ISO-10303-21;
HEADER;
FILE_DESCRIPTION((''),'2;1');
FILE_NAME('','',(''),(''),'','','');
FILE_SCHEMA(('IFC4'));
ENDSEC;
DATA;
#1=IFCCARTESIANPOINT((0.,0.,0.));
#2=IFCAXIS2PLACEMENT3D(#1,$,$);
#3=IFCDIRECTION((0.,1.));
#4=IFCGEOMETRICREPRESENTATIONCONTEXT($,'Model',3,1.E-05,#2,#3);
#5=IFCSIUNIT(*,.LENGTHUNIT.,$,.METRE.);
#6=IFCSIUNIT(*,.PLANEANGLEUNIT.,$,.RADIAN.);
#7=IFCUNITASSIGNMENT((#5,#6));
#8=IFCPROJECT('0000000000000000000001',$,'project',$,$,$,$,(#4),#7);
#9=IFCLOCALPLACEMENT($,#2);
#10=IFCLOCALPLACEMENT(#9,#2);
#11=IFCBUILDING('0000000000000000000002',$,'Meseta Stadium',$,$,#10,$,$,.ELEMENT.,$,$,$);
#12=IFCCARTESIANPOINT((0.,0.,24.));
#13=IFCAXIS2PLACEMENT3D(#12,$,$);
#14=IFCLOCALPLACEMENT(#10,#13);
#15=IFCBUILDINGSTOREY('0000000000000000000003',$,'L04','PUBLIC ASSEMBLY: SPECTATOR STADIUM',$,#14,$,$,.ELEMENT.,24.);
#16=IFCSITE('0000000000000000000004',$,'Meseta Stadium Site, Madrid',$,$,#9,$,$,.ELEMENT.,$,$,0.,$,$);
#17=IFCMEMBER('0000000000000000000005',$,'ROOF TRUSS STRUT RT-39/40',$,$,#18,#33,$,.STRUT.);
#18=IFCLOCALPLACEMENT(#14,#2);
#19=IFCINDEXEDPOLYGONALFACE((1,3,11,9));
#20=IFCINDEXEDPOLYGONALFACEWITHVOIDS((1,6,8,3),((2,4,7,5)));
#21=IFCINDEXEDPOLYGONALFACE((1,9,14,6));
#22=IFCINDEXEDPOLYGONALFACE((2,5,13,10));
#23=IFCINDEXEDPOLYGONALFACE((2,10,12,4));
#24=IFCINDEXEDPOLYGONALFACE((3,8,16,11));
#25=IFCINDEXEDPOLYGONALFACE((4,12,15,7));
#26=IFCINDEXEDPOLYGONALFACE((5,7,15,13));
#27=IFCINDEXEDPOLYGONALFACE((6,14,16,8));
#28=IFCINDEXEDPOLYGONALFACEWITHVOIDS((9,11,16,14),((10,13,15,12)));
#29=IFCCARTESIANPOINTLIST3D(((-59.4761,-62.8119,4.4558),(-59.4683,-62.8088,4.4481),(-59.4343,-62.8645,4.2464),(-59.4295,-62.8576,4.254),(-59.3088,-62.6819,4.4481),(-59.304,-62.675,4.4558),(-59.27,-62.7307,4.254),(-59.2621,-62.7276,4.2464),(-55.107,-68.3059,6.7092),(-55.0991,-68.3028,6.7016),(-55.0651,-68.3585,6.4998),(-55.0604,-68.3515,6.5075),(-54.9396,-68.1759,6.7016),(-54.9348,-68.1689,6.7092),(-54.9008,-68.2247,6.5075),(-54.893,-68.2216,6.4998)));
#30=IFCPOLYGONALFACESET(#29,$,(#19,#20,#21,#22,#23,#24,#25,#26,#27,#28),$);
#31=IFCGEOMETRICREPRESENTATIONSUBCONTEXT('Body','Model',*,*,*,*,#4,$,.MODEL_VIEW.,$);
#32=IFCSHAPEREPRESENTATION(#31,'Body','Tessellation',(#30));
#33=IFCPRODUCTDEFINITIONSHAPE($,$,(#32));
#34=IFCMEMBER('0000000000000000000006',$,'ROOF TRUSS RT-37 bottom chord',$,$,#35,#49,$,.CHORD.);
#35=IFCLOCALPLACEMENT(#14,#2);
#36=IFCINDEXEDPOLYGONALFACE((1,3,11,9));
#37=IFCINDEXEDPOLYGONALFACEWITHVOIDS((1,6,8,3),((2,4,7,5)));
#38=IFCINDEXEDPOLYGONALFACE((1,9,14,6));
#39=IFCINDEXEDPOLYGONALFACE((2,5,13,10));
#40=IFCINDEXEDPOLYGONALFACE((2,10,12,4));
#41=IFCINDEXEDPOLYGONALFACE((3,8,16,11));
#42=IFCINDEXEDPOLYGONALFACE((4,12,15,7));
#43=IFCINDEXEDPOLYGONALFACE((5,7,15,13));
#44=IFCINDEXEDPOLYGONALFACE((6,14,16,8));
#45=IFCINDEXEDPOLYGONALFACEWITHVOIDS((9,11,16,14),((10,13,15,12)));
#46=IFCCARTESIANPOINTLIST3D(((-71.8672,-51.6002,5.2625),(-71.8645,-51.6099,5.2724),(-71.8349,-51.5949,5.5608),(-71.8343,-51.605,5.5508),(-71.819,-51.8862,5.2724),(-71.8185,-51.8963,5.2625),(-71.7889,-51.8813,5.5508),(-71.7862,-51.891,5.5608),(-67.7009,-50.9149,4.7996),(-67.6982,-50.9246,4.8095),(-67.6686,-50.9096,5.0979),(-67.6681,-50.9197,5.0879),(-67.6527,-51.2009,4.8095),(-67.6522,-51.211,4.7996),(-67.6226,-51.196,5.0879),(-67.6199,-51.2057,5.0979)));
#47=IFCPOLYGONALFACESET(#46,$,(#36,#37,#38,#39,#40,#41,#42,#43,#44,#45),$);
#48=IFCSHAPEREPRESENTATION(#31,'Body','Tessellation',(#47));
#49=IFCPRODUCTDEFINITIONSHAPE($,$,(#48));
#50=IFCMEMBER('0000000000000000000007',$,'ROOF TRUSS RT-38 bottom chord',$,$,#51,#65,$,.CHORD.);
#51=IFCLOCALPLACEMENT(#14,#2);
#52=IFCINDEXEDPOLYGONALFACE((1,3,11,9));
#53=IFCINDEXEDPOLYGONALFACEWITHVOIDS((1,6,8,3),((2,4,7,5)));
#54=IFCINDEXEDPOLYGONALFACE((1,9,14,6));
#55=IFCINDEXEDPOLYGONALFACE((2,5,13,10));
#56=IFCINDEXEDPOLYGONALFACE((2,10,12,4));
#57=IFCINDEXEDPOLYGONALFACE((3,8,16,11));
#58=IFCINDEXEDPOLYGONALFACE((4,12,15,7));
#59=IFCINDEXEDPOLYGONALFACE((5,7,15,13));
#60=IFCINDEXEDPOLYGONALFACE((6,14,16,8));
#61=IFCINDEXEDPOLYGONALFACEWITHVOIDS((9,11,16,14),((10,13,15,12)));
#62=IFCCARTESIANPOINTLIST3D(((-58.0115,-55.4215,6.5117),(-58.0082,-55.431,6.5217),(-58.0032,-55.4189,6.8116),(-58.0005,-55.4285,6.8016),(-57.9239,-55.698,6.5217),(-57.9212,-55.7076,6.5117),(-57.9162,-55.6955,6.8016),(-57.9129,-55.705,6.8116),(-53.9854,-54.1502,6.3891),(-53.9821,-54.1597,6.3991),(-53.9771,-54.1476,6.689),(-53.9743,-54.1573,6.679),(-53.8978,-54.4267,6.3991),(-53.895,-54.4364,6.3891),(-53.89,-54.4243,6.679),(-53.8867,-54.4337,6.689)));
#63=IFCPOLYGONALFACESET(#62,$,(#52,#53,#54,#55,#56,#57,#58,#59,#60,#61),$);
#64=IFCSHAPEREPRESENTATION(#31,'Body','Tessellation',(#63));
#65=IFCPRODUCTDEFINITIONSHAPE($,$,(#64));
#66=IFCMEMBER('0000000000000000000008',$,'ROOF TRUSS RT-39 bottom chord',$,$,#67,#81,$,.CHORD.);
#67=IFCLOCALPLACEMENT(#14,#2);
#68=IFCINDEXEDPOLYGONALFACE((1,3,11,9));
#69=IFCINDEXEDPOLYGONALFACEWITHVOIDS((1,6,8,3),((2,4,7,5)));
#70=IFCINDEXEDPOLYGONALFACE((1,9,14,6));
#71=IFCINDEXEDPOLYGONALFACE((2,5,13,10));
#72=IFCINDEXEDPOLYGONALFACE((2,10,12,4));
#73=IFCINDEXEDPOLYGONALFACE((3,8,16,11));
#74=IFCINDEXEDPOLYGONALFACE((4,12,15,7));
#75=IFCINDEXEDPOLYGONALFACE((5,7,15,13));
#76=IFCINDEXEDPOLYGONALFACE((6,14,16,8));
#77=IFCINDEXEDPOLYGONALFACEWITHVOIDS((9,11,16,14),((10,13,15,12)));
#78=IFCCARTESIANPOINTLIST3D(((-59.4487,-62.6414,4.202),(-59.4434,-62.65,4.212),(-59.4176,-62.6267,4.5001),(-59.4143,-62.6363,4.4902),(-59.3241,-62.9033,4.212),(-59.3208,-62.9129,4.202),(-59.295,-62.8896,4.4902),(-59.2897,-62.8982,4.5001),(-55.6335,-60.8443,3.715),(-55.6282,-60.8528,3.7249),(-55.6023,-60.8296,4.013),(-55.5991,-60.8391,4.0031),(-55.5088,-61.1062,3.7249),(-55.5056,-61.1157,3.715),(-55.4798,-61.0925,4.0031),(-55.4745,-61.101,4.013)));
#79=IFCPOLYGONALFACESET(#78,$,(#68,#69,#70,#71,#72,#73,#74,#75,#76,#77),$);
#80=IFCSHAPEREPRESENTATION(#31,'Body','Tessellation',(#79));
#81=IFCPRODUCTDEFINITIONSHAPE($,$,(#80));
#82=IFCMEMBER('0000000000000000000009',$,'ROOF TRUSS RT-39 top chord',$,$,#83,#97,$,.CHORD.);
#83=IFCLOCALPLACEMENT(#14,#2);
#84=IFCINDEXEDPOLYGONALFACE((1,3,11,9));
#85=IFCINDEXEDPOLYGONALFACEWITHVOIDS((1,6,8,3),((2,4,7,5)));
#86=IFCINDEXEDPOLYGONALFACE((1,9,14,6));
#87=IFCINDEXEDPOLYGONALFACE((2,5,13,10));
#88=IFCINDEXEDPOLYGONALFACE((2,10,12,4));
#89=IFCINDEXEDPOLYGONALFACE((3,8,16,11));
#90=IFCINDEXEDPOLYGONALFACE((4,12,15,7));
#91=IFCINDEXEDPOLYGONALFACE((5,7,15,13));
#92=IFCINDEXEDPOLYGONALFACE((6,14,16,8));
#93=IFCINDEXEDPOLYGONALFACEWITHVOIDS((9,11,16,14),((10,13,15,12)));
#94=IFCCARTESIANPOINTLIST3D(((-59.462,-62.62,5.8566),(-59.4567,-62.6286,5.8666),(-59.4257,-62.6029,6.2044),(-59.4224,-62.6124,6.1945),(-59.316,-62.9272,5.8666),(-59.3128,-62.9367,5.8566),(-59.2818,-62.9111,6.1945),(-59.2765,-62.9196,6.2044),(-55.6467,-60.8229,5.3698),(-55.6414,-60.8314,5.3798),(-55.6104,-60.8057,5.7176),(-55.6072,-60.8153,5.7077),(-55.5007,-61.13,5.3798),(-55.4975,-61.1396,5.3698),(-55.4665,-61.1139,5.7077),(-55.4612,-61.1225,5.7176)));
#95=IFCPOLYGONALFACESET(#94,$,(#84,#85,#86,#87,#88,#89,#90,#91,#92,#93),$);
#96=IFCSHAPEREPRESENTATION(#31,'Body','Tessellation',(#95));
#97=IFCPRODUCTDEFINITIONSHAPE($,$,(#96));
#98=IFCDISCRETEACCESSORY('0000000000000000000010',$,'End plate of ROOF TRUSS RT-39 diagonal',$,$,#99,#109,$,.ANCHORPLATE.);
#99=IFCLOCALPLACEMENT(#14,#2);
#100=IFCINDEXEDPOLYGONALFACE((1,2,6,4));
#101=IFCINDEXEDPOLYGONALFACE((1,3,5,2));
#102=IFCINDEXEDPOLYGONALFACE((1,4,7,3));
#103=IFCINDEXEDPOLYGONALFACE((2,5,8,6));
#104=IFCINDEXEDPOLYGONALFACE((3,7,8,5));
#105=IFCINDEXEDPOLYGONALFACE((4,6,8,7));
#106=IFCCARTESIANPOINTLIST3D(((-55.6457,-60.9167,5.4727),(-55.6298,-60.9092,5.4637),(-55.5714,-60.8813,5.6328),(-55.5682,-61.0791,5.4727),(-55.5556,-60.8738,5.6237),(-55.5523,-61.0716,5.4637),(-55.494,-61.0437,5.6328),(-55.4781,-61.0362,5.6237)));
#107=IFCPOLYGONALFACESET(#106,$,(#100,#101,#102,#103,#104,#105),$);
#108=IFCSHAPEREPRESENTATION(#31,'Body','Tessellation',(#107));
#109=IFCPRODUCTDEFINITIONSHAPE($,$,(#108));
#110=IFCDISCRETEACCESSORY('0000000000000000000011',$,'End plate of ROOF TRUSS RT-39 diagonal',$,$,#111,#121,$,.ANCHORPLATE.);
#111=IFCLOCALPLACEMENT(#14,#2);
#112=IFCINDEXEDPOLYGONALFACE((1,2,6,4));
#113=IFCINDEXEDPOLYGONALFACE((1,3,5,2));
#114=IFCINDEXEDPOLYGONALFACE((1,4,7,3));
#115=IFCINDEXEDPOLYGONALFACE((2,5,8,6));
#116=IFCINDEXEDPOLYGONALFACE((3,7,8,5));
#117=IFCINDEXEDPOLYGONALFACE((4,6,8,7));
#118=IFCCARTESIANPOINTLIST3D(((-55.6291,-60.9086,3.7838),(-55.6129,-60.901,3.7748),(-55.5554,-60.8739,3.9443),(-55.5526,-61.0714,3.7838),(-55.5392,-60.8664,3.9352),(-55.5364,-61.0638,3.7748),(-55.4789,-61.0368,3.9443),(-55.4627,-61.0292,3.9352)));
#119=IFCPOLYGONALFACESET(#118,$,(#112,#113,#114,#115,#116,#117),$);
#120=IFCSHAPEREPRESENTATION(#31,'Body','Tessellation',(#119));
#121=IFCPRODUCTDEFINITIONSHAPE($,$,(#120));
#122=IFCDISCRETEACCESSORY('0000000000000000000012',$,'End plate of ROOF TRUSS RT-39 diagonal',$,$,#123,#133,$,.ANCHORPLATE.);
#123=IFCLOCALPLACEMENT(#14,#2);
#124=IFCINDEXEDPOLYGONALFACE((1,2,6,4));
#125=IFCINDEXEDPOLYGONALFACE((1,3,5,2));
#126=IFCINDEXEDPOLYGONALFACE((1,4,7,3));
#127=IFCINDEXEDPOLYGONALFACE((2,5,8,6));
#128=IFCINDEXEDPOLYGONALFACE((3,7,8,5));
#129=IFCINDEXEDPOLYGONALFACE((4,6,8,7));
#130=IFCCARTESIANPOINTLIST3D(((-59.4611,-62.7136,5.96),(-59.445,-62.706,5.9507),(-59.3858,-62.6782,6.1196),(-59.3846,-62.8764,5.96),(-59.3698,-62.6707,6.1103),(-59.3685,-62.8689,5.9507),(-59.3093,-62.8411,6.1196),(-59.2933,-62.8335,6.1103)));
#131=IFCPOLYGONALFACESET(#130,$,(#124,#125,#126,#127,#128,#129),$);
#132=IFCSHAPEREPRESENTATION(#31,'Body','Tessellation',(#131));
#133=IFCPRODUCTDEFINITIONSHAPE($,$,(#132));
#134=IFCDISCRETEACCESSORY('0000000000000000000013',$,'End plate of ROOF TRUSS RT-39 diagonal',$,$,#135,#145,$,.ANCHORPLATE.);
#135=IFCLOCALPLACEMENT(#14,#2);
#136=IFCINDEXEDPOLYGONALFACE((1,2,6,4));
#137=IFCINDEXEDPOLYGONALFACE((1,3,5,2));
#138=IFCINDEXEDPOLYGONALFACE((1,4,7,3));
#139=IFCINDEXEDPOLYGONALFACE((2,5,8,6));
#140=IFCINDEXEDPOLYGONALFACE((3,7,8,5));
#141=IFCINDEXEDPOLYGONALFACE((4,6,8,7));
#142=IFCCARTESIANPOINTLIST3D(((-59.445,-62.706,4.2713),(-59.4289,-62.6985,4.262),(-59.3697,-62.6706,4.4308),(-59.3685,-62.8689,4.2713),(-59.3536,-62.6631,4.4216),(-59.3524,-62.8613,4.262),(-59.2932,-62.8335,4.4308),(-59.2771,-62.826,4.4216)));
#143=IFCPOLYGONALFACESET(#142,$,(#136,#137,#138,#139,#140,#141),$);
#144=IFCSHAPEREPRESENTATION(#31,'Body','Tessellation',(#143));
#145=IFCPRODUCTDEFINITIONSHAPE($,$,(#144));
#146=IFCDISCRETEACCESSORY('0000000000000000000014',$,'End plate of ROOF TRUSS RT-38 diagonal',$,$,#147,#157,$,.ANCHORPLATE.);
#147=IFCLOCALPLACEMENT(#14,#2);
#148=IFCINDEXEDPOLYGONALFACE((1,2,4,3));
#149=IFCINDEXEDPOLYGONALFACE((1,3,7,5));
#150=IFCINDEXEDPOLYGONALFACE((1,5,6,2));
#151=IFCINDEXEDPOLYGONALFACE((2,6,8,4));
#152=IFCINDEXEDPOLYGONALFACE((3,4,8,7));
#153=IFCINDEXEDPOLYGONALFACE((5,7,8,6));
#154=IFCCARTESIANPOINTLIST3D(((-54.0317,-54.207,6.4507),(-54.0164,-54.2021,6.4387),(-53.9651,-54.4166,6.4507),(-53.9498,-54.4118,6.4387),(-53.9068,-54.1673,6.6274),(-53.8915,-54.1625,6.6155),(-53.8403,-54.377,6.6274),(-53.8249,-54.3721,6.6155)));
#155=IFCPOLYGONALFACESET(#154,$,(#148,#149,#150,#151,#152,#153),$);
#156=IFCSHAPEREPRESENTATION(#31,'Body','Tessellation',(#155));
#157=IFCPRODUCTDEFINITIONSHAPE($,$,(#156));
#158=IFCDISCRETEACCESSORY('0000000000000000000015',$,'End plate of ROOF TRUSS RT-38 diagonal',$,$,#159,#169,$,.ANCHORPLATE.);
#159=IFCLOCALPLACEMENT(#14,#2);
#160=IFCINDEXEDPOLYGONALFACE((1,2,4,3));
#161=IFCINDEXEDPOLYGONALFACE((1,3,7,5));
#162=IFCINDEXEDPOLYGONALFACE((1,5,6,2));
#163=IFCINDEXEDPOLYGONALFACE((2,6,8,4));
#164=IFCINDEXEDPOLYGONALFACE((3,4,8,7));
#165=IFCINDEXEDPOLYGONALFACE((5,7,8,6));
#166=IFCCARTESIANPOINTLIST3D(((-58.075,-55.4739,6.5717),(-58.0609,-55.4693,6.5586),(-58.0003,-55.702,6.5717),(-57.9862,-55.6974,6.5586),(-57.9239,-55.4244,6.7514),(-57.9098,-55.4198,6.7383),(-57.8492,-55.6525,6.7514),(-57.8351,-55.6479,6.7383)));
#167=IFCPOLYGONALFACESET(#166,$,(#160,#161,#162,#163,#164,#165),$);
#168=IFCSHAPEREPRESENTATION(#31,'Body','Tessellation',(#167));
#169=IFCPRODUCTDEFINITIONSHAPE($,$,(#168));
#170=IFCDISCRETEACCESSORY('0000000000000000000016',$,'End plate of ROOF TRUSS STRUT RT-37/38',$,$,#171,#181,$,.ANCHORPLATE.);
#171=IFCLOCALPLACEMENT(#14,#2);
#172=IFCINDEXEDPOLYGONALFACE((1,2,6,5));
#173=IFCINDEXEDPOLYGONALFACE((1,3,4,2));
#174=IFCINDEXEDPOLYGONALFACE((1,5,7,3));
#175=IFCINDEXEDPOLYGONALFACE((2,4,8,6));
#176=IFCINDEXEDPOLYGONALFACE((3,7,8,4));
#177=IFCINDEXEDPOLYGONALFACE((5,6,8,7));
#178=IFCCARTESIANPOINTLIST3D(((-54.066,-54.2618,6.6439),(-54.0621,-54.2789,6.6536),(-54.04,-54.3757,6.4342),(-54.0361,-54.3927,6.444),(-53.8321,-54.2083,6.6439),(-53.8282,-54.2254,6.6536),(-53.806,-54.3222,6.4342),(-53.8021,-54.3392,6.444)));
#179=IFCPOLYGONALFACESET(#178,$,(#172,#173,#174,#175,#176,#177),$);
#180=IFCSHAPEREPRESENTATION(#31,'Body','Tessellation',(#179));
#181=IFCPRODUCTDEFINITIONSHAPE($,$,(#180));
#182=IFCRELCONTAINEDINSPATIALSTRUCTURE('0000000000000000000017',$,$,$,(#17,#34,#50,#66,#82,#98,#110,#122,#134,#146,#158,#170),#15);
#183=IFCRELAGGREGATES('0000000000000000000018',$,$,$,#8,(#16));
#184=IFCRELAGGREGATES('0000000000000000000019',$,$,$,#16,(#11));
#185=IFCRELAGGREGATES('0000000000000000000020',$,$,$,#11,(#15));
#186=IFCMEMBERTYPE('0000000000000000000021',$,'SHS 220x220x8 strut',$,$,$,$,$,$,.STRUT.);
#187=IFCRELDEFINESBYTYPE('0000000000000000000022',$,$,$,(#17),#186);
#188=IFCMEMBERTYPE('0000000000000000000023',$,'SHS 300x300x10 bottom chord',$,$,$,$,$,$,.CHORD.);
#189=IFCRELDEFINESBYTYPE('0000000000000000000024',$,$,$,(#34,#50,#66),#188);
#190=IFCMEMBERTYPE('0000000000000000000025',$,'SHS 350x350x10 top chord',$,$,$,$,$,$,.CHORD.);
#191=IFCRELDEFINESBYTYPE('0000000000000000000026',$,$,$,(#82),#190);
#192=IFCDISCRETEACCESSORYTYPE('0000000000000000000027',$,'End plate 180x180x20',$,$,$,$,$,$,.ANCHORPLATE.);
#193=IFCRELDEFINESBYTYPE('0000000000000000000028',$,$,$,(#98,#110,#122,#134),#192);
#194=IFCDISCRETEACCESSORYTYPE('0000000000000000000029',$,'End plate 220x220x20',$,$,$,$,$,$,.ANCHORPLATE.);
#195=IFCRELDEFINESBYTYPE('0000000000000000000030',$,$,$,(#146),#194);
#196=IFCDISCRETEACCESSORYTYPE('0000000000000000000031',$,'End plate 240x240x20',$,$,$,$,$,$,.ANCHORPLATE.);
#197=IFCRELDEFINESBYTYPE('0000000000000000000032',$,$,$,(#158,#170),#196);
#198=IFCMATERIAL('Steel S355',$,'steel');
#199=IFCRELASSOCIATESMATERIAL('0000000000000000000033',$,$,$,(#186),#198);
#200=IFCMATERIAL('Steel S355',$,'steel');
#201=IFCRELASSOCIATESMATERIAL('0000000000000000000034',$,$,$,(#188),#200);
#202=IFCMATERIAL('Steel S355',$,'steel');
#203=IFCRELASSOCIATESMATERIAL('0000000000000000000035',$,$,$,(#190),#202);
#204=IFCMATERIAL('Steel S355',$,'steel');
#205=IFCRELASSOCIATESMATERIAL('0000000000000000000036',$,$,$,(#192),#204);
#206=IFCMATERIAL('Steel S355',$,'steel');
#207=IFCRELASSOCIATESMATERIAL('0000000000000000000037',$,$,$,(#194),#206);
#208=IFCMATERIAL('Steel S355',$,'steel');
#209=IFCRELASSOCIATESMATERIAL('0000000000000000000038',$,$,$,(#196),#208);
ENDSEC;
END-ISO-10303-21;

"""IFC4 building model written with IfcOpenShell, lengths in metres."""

from ifc_helpers import new_model, si_unit, direction, frame, origin, origin_2d, place, context, subcontext, project, spatial, rectangle, hollow_rectangle, extrude, material, material_profile, profile_set, type_object, element, save


model = new_model("IFC4")

# Units and contexts
model_context = context("Model", 3, precision=1e-05, world=origin(), true_north=direction((0.0, 1.0)))
body_context = subcontext(model_context, "Body", "Model", "MODEL_VIEW")
ifc_project = project(units=[si_unit("LENGTHUNIT", "METRE"), si_unit("PLANEANGLEUNIT", "RADIAN")], contexts=[model_context])

# Site, building, storey
site_placement = place(None, origin())
site = spatial("IfcSite", under=ifc_project, at=site_placement, Name="Meseta Stadium Site, Madrid", CompositionType="ELEMENT", RefElevation=0.0)
building_placement = place(site_placement, origin())
building = spatial("IfcBuilding", under=site, at=building_placement, Name="Meseta Stadium", CompositionType="ELEMENT")
storey_placement = place(building_placement, frame((0.0, 0.0, 24.0)))
storey = spatial("IfcBuildingStorey", under=building, at=storey_placement, Name="L04", Description="PUBLIC ASSEMBLY: SPECTATOR STADIUM", CompositionType="ELEMENT", Elevation=24.0)

# Members
ifc_material_1 = material(Name="Steel S355", Category="steel")
ifc_material_profile_1 = material_profile(ifc_material_1, hollow_rectangle(XDim=0.22, YDim=0.22, WallThickness=0.0081, at=origin_2d()), Name="SHS 220x220x8")
ifc_profile_set_1 = profile_set([ifc_material_profile_1], Name="Steel S355")
member_type_1 = type_object("IfcMemberType", Name="SHS 220x220x8 strut", PredefinedType="STRUT", material=ifc_profile_set_1)
member_1_placement = place(storey_placement, frame((-59.3691, -62.7698, 4.3511), z_axis=(0.592646, -0.745212, 0.305662), x_axis=(0.782671, 0.622436, 0.0)))
element("IfcMember", 1, at=member_1_placement, inside=storey, type_object=member_type_1, Name="ROOF TRUSS STRUT RT-39/40", PredefinedType="STRUT", context=body_context, shape_type="SweptSolid", body=[
    extrude(hollow_rectangle(XDim=0.22, YDim=0.22, WallThickness=0.0081, at=origin_2d()), origin(), (0.0, 0.0, 1.0), 7.3723),
])
ifc_material_2 = material(Name="Steel S355", Category="steel")
ifc_material_profile_2 = material_profile(ifc_material_2, hollow_rectangle(XDim=0.3, YDim=0.3, WallThickness=0.01, at=origin_2d()), Name="SHS 300x300x10")
ifc_profile_set_2 = profile_set([ifc_material_profile_2], Name="Steel S355")
member_type_2 = type_object("IfcMemberType", Name="SHS 300x300x10 bottom chord", PredefinedType="CHORD", material=ifc_profile_set_2)
member_2_placement = place(storey_placement, frame((-67.6604, -51.0603, 4.9487), z_axis=(-0.980863, -0.161341, 0.108978), x_axis=(0.162308, -0.98674, 0.0)))
element("IfcMember", 2, at=member_2_placement, inside=storey, type_object=member_type_2, Name="ROOF TRUSS RT-37 bottom chord", PredefinedType="CHORD", context=body_context, shape_type="SweptSolid", body=[
    extrude(hollow_rectangle(XDim=0.3, YDim=0.3, WallThickness=0.01, at=origin_2d()), origin(), (0.0, 0.0, 1.0), 4.2476),
])
member_3_placement = place(storey_placement, frame((-53.936, -54.292, 6.5391), z_axis=(-0.953193, -0.300969, 0.029016), x_axis=(0.301095, -0.953594, 0.0)))
element("IfcMember", 3, at=member_3_placement, inside=storey, type_object=member_type_2, Name="ROOF TRUSS RT-38 bottom chord", PredefinedType="CHORD", context=body_context, shape_type="SweptSolid", body=[
    extrude(hollow_rectangle(XDim=0.3, YDim=0.3, WallThickness=0.01, at=origin_2d()), origin(), (0.0, 0.0, 1.0), 4.2239),
])
member_4_placement = place(storey_placement, frame((-55.554, -60.9727, 3.864), z_axis=(-0.898686, -0.42332, 0.11473), x_axis=(0.426134, -0.90466, 0.0)))
element("IfcMember", 4, at=member_4_placement, inside=storey, type_object=member_type_2, Name="ROOF TRUSS RT-39 bottom chord", PredefinedType="CHORD", context=body_context, shape_type="SweptSolid", body=[
    extrude(hollow_rectangle(XDim=0.3, YDim=0.3, WallThickness=0.01, at=origin_2d()), origin(), (0.0, 0.0, 1.0), 4.2454),
])
ifc_material_3 = material(Name="Steel S355", Category="steel")
ifc_material_profile_3 = material_profile(ifc_material_3, hollow_rectangle(XDim=0.3501, YDim=0.3501, WallThickness=0.01, at=origin_2d()), Name="SHS 350x350x10")
ifc_profile_set_3 = profile_set([ifc_material_profile_3], Name="Steel S355")
member_type_3 = type_object("IfcMemberType", Name="SHS 350x350x10 top chord", PredefinedType="CHORD", material=ifc_profile_set_3)
member_5_placement = place(storey_placement, frame((-55.554, -60.9727, 5.5437), z_axis=(-0.898692, -0.423323, 0.114673), x_axis=(0.426134, -0.90466, 0.0)))
element("IfcMember", 5, at=member_5_placement, inside=storey, type_object=member_type_3, Name="ROOF TRUSS RT-39 top chord", PredefinedType="CHORD", context=body_context, shape_type="SweptSolid", body=[
    extrude(hollow_rectangle(XDim=0.3501, YDim=0.3501, WallThickness=0.01, at=origin_2d()), origin(), (0.0, 0.0, 1.0), 4.2454),
])

# Discrete accessories
ifc_material_4 = material(Name="Steel S355", Category="steel")
ifc_material_profile_4 = material_profile(ifc_material_4, rectangle(XDim=0.1799, YDim=0.1799, at=origin_2d()), Name="PL 180x180")
ifc_profile_set_4 = profile_set([ifc_material_profile_4], Name="Steel S355")
discrete_accessory_type_1 = type_object("IfcDiscreteAccessoryType", Name="End plate 180x180x20", PredefinedType="ANCHORPLATE", material=ifc_profile_set_4)
discrete_accessory_1_placement = place(storey_placement, frame((-55.554, -60.9727, 5.5437), z_axis=(-0.802836, -0.382891, 0.456999), x_axis=(0.430473, -0.902604, 0.0)))
element("IfcDiscreteAccessory", 6, at=discrete_accessory_1_placement, inside=storey, type_object=discrete_accessory_type_1, Name="End plate of ROOF TRUSS RT-39 diagonal", PredefinedType="ANCHORPLATE", context=body_context, shape_type="SweptSolid", body=[
    extrude(rectangle(XDim=0.1799, YDim=0.1799, at=origin_2d()), origin(), (0.0, 0.0, 1.0), 0.0198),
])
for number, where, z_axis, x_axis, name in (
    (7, (-55.5378, -60.9651, 3.855), (-0.807162, -0.379122, 0.4525), (0.425136, -0.905129, 0.0), "End plate of ROOF TRUSS RT-39 diagonal"),
    (8, (-59.3691, -62.7698, 6.0305), (-0.802673, -0.377013, 0.462145), (0.425136, -0.905129, 0.0), "End plate of ROOF TRUSS RT-39 diagonal"),
    (9, (-59.353, -62.7622, 4.3418), (-0.802673, -0.377013, 0.462145), (0.425136, -0.905129, 0.0), "End plate of ROOF TRUSS RT-39 diagonal"),
):
    element("IfcDiscreteAccessory", number, at=place(storey_placement, frame(where, z_axis=z_axis, x_axis=x_axis)), inside=storey, type_object=discrete_accessory_type_1, Name=name, PredefinedType="ANCHORPLATE", context=body_context, shape_type="SweptSolid", body=[
        extrude(rectangle(XDim=0.1799, YDim=0.1799, at=origin_2d()), origin(), (0.0, 0.0, 1.0), 0.02),
    ])
ifc_material_5 = material(Name="Steel S355", Category="steel")
ifc_material_profile_5 = material_profile(ifc_material_5, rectangle(XDim=0.22, YDim=0.22, at=origin_2d()), Name="PL 220x220")
ifc_profile_set_5 = profile_set([ifc_material_profile_5], Name="Steel S355")
discrete_accessory_type_2 = type_object("IfcDiscreteAccessoryType", Name="End plate 220x220x20", PredefinedType="ANCHORPLATE", material=ifc_profile_set_5)
discrete_accessory_2_placement = place(storey_placement, frame((-53.9207, -54.2871, 6.5271), z_axis=(-0.765678, -0.243072, 0.595527), x_axis=(0.302579, -0.953124, 0.0)))
element("IfcDiscreteAccessory", 10, at=discrete_accessory_2_placement, inside=storey, type_object=discrete_accessory_type_2, Name="End plate of ROOF TRUSS RT-38 diagonal", PredefinedType="ANCHORPLATE", context=body_context, shape_type="SweptSolid", body=[
    extrude(rectangle(XDim=0.22, YDim=0.22, at=origin_2d()), origin(), (0.0, 0.0, 1.0), 0.02),
])
ifc_material_6 = material(Name="Steel S355", Category="steel")
ifc_material_profile_6 = material_profile(ifc_material_6, rectangle(XDim=0.24, YDim=0.24, at=origin_2d()), Name="PL 240x240")
ifc_profile_set_6 = profile_set([ifc_material_profile_6], Name="Steel S355")
discrete_accessory_type_3 = type_object("IfcDiscreteAccessoryType", Name="End plate 240x240x20", PredefinedType="ANCHORPLATE", material=ifc_profile_set_6)
discrete_accessory_3_placement = place(storey_placement, frame((-57.948, -55.5586, 6.6484), z_axis=(-0.711723, -0.233151, 0.662639), x_axis=(0.311308, -0.950309, 0.0)))
element("IfcDiscreteAccessory", 11, at=discrete_accessory_3_placement, inside=storey, type_object=discrete_accessory_type_3, Name="End plate of ROOF TRUSS RT-38 diagonal", PredefinedType="ANCHORPLATE", context=body_context, shape_type="SweptSolid", body=[
    extrude(rectangle(XDim=0.24, YDim=0.24, at=origin_2d()), origin(), (0.0, 0.0, 1.0), 0.0198),
])
discrete_accessory_4_placement = place(storey_placement, frame((-53.936, -54.292, 6.5391), z_axis=(0.194659, -0.851634, 0.486648), x_axis=(0.974859, 0.222825, 0.0)))
element("IfcDiscreteAccessory", 12, at=discrete_accessory_4_placement, inside=storey, type_object=discrete_accessory_type_3, Name="End plate of ROOF TRUSS STRUT RT-37/38", PredefinedType="ANCHORPLATE", context=body_context, shape_type="SweptSolid", body=[
    extrude(rectangle(XDim=0.24, YDim=0.24, at=origin_2d()), origin(), (0.0, 0.0, 1.0), 0.02),
])

save(model, "model.ifc")
